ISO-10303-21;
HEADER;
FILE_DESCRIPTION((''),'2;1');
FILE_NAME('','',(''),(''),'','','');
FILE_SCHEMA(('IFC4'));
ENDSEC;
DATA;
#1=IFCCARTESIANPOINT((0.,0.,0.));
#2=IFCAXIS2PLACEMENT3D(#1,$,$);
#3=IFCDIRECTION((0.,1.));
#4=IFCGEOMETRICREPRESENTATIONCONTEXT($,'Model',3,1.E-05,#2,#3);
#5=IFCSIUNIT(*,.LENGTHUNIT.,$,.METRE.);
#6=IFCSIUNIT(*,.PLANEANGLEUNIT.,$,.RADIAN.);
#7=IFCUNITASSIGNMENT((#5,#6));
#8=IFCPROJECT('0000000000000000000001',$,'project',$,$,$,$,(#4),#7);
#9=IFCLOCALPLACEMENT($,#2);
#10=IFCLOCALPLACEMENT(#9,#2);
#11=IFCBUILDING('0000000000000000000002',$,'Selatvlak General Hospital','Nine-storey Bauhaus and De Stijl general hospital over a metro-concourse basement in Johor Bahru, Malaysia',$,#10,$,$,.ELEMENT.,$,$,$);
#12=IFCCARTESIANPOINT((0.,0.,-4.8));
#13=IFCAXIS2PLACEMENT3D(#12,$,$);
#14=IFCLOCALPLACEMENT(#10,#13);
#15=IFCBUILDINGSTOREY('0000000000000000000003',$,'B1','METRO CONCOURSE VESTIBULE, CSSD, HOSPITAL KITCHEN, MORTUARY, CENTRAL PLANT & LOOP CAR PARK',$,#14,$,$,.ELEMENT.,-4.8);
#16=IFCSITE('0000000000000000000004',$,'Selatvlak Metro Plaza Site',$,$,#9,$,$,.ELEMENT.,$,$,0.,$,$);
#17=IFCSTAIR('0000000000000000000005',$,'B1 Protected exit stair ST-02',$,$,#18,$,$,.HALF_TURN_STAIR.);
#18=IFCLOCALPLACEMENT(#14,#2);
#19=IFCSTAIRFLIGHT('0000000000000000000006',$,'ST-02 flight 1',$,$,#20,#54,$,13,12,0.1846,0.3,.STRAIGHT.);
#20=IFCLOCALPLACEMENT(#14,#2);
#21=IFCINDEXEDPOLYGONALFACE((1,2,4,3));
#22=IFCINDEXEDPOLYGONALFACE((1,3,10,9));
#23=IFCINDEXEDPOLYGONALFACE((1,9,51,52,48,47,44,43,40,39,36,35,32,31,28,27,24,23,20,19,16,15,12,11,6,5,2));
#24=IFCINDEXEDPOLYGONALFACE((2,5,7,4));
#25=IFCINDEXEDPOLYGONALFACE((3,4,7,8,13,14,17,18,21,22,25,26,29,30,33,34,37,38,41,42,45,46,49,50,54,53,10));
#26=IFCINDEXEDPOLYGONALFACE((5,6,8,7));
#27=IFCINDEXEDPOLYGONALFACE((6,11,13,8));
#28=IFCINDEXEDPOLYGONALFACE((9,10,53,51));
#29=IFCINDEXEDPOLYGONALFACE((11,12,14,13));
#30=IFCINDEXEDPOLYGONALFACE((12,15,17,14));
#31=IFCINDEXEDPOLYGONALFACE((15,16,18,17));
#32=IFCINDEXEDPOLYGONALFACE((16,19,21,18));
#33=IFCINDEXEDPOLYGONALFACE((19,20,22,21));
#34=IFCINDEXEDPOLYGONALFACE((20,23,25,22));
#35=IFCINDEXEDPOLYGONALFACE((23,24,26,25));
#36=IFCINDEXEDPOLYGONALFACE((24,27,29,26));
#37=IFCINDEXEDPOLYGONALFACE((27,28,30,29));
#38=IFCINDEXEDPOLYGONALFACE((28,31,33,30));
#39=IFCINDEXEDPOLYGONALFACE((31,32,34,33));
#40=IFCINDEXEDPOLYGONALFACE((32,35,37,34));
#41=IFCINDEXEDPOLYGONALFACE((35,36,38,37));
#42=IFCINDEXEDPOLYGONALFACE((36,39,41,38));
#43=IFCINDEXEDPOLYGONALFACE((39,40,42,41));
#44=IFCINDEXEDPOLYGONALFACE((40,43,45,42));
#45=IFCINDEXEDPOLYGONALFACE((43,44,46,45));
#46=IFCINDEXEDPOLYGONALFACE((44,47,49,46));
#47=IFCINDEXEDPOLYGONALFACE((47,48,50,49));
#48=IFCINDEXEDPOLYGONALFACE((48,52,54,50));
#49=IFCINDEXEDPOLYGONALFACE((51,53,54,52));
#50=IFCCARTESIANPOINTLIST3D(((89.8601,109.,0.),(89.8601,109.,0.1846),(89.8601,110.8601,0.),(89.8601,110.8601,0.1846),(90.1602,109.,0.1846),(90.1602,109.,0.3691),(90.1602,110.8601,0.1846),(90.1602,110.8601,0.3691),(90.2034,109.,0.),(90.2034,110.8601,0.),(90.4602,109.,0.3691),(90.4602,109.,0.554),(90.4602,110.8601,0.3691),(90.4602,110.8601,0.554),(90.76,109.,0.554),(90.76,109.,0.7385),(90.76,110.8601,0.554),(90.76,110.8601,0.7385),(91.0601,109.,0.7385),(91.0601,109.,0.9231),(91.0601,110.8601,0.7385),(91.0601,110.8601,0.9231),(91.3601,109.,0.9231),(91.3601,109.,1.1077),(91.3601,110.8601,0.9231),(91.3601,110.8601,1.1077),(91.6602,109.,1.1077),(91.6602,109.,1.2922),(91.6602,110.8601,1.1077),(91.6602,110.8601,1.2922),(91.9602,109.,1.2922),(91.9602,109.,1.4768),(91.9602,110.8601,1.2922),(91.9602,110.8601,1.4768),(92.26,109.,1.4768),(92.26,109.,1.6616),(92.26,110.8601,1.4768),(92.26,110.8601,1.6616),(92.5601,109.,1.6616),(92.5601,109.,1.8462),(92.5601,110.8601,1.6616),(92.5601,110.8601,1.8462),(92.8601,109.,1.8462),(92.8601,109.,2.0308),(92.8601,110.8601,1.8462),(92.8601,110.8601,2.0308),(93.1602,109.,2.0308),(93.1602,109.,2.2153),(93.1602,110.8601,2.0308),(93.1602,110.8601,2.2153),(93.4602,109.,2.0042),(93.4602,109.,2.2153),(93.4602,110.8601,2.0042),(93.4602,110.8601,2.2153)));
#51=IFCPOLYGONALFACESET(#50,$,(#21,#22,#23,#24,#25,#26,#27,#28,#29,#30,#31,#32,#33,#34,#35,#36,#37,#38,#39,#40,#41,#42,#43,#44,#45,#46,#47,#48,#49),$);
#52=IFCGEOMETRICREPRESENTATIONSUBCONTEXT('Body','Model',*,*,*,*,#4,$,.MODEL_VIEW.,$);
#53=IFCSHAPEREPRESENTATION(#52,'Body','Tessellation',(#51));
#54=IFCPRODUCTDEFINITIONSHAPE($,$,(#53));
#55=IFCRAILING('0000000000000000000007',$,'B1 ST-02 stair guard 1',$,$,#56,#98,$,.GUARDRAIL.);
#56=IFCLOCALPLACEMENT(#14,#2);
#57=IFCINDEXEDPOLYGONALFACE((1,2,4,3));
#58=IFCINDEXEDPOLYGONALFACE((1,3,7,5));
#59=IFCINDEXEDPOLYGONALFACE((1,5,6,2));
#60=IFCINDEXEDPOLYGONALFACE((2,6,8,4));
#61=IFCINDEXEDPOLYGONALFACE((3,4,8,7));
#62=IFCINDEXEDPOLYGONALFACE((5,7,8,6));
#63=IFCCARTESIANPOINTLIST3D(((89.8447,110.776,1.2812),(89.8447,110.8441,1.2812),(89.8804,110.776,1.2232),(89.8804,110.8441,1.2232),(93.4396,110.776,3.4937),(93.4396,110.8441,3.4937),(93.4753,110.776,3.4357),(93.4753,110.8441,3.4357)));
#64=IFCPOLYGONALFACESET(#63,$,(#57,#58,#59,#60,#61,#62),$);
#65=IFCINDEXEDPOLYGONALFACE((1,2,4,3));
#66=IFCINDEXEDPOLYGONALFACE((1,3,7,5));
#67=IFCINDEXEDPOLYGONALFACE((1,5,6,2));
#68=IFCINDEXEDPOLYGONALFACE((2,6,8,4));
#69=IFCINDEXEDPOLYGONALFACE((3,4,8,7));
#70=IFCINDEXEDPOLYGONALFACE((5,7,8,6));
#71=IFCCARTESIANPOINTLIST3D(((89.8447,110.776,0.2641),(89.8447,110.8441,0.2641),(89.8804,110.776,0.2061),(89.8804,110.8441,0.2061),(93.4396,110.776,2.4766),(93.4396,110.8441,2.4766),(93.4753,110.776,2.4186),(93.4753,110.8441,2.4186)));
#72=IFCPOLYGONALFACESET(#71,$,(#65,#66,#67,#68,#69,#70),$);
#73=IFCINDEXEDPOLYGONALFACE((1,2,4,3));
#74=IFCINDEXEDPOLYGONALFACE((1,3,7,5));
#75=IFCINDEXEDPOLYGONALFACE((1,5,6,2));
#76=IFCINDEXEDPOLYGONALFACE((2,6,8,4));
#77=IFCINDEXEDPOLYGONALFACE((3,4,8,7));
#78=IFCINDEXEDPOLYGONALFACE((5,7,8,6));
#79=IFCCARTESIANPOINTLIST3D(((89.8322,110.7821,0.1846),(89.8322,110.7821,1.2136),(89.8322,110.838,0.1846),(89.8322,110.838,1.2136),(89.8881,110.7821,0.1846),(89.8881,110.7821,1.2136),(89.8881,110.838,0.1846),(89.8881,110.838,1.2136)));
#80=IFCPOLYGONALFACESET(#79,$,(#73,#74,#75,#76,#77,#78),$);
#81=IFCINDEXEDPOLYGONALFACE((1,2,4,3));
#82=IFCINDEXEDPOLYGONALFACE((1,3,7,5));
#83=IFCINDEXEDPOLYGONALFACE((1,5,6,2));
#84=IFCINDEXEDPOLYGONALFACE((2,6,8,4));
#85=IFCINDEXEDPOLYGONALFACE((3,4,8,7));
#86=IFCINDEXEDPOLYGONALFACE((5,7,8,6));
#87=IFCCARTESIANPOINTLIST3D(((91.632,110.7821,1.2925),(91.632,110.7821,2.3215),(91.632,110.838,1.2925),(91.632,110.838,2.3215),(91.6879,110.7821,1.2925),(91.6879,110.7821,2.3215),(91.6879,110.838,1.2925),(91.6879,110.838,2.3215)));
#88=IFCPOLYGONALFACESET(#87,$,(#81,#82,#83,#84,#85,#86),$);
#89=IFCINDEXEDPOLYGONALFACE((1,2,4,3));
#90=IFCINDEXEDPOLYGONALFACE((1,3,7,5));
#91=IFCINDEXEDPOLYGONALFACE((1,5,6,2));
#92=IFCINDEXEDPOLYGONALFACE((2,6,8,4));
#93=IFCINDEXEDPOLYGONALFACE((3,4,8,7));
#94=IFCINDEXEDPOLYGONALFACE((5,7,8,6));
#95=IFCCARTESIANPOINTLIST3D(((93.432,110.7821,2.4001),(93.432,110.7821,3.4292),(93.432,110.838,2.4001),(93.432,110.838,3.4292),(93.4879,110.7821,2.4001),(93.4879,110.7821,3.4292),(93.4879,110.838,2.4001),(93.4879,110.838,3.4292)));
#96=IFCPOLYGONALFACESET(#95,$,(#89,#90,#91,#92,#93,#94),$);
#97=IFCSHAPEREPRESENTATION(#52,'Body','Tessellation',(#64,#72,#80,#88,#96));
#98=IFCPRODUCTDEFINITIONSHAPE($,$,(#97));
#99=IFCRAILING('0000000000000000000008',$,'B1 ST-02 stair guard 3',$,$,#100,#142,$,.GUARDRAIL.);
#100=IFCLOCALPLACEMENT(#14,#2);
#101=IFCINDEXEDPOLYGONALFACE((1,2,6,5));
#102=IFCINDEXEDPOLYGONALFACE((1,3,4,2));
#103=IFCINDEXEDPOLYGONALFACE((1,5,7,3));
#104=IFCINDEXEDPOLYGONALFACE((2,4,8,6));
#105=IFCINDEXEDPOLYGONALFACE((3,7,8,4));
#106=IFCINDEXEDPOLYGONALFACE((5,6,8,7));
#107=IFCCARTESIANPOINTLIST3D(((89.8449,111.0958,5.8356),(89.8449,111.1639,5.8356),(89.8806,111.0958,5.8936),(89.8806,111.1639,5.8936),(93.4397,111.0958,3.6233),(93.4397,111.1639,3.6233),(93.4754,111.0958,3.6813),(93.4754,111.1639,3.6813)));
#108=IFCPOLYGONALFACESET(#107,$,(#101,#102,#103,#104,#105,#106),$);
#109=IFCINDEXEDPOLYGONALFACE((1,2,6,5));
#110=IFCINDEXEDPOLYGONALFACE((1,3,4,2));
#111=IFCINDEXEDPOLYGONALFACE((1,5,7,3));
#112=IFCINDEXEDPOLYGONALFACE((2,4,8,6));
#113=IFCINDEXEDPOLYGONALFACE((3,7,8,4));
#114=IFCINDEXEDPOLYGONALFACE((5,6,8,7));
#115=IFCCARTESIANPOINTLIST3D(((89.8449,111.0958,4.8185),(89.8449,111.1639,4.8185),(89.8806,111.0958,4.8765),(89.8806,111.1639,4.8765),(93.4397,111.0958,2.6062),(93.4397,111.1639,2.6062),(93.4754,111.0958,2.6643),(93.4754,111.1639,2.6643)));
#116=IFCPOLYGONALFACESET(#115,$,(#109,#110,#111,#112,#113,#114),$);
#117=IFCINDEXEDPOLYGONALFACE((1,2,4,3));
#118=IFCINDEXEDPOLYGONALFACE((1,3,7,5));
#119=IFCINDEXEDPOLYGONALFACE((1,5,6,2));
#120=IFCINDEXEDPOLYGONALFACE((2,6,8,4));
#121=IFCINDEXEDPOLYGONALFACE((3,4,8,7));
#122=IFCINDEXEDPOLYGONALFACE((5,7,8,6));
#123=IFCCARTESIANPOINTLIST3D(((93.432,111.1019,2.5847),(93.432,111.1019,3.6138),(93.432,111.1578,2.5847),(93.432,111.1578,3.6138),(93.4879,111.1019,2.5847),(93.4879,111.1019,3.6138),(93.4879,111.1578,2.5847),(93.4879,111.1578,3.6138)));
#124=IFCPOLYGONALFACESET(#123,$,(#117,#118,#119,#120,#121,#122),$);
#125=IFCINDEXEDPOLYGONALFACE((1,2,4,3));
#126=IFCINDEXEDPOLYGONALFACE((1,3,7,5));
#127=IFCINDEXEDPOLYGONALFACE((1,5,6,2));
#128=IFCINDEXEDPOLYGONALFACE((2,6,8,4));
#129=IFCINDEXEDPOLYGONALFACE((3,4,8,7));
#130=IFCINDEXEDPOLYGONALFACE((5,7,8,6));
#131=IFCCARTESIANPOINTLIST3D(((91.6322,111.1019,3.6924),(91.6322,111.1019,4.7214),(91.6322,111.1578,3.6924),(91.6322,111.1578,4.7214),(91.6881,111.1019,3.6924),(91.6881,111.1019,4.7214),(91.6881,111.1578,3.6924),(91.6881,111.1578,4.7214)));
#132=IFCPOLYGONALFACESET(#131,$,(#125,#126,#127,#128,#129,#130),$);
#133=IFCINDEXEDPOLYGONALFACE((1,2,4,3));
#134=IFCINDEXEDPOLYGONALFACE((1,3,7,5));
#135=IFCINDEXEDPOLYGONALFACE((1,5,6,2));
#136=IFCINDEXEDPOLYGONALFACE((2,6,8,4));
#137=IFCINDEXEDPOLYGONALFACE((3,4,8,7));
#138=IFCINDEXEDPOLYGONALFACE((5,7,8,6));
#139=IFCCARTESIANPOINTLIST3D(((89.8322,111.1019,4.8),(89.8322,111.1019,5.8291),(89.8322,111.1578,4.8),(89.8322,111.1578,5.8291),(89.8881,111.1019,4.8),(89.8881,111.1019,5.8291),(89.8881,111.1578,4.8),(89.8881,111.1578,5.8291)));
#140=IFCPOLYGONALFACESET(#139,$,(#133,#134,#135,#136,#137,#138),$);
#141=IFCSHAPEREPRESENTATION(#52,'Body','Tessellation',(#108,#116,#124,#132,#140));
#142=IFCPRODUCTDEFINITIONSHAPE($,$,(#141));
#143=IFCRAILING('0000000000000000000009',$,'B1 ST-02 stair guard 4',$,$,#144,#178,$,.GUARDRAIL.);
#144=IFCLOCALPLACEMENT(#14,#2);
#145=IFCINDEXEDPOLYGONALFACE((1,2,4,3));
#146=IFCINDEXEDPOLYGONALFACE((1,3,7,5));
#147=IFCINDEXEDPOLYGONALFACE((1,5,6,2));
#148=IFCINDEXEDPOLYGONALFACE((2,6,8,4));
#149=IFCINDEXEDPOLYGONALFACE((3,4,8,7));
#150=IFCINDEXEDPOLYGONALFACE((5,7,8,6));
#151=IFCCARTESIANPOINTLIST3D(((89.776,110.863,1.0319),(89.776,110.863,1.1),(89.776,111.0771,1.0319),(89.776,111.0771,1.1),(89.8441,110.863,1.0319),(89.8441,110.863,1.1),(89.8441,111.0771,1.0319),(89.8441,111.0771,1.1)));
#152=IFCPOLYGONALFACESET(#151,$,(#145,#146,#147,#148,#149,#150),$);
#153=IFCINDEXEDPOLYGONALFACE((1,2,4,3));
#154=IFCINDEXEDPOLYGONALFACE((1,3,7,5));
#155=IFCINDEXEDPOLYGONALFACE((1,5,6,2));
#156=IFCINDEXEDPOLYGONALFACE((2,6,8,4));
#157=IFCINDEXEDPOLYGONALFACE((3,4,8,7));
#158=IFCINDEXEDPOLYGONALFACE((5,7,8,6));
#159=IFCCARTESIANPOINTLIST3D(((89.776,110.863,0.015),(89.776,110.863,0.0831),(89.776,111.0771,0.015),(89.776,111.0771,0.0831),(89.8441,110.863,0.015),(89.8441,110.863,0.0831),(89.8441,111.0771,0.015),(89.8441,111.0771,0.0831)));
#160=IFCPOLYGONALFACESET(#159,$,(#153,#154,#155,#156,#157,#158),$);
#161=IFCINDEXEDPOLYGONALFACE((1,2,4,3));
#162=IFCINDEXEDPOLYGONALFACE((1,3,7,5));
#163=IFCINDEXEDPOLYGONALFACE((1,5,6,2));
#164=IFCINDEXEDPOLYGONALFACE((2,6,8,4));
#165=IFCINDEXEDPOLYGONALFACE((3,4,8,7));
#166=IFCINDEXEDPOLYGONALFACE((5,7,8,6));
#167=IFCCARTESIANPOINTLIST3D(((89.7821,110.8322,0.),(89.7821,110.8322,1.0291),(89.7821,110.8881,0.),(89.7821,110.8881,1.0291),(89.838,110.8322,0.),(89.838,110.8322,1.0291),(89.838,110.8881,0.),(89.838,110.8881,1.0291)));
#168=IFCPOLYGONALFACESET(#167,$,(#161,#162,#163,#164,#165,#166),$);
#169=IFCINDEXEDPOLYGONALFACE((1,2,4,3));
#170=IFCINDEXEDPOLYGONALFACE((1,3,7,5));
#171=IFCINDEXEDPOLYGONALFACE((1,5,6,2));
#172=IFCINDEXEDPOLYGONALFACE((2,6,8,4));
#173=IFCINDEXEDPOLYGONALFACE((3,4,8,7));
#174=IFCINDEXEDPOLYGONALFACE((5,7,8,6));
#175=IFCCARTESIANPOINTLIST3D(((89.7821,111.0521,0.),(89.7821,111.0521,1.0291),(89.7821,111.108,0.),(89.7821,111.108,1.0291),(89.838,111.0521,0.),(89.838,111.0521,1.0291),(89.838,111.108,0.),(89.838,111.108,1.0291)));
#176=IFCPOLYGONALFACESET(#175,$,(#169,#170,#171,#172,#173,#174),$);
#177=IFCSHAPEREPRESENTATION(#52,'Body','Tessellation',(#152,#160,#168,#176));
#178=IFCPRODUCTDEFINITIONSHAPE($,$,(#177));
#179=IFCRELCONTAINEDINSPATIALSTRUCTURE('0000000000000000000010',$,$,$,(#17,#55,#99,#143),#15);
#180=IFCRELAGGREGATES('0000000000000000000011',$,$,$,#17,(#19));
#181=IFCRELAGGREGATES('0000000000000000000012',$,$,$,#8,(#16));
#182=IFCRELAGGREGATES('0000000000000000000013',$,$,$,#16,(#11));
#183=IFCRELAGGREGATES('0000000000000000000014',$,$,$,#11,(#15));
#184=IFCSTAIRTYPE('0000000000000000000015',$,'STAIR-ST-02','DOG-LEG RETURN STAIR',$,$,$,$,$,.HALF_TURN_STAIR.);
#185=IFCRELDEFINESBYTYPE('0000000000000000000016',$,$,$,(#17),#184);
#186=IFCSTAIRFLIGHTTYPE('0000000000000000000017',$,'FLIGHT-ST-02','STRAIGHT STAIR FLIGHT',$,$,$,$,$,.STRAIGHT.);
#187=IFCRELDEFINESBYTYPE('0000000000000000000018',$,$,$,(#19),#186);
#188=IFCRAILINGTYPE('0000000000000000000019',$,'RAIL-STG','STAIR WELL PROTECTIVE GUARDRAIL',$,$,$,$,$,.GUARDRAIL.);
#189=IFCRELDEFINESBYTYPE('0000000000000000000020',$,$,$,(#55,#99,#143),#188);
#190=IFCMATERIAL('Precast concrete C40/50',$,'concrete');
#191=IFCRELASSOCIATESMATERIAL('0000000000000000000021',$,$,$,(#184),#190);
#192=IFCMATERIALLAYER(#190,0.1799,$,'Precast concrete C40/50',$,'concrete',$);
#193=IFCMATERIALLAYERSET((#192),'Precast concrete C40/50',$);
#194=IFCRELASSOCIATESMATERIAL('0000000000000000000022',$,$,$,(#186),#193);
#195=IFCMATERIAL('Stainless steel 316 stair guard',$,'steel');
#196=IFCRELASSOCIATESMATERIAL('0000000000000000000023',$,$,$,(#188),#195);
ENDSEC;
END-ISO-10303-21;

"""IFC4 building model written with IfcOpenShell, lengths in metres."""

from ifc_helpers import new_model, si_unit, direction, frame, origin, origin_2d, place, context, subcontext, project, spatial, polyline, rectangle, outline, extrude, material, layer, layer_set, type_object, element, aggregate, save


model = new_model("IFC4")

# Units and contexts
model_context = context("Model", 3, precision=1e-05, world=origin(), true_north=direction((0.0, 1.0)))
body_context = subcontext(model_context, "Body", "Model", "MODEL_VIEW")
ifc_project = project(units=[si_unit("LENGTHUNIT", "METRE"), si_unit("PLANEANGLEUNIT", "RADIAN")], contexts=[model_context])

# Site, building, storey
site_placement = place(None, origin())
site = spatial("IfcSite", under=ifc_project, at=site_placement, Name="Selatvlak Metro Plaza Site", CompositionType="ELEMENT", RefElevation=0.0)
building_placement = place(site_placement, origin())
building = spatial("IfcBuilding", under=site, at=building_placement, Name="Selatvlak General Hospital", Description="Nine-storey Bauhaus and De Stijl general hospital over a metro-concourse basement in Johor Bahru, Malaysia", CompositionType="ELEMENT")
storey_placement = place(building_placement, frame((0.0, 0.0, -4.8)))
storey = spatial("IfcBuildingStorey", under=building, at=storey_placement, Name="B1", Description="METRO CONCOURSE VESTIBULE, CSSD, HOSPITAL KITCHEN, MORTUARY, CENTRAL PLANT & LOOP CAR PARK", CompositionType="ELEMENT", Elevation=-4.8)

# Stair, stair flight
ifc_material_1 = material(Name="Precast concrete C40/50", Category="concrete")
stair_type = type_object("IfcStairType", Name="STAIR-ST-02", Description="DOG-LEG RETURN STAIR", PredefinedType="HALF_TURN_STAIR", material=ifc_material_1)
stair_placement = place(storey_placement, origin())
stair = element("IfcStair", 1, at=stair_placement, inside=storey, type_object=stair_type, Name="B1 Protected exit stair ST-02", PredefinedType="HALF_TURN_STAIR")
ifc_layer_1 = layer(ifc_material_1, 0.1799, Name="Precast concrete C40/50", Category="concrete")
ifc_layer_set_1 = layer_set([ifc_layer_1], Name="Precast concrete C40/50")
stair_flight_type = type_object("IfcStairFlightType", Name="FLIGHT-ST-02", Description="STRAIGHT STAIR FLIGHT", PredefinedType="STRAIGHT", material=ifc_layer_set_1)
stair_flight_placement = place(storey_placement, frame((89.8601, 109.9299, 0.0), z_axis=(0.0, 0.0, 1.0), x_axis=(1.0, 0.0, 0.0)))
stair_flight = element("IfcStairFlight", 2, at=stair_flight_placement, type_object=stair_flight_type, Name="ST-02 flight 1", NumberOfRisers=13, NumberOfTreads=12, PredefinedType="STRAIGHT", RiserHeight=0.1846, TreadLength=0.3, context=body_context, shape_type="SweptSolid", body=[
    extrude(outline(polyline([(0.0, 0.0), (0.0, 0.1846), (0.3, 0.1846), (0.3, 0.3691), (0.6001, 0.3691), (0.6001, 0.554), (0.8999, 0.554), (0.8999, 0.7385), (1.2, 0.7385), (1.2, 0.9231), (1.5, 0.9231), (1.5, 1.1077), (1.8, 1.1077), (1.8, 1.2922), (2.1001, 1.2922), (2.1001, 1.4768), (2.3999, 1.4768), (2.3999, 1.6616), (2.7, 1.6616), (2.7, 1.8462), (3.0, 1.8462), (3.0, 2.0308), (3.3, 2.0308), (3.3, 2.2153), (3.6001, 2.2153), (3.6001, 2.3999), (3.6001, 2.0042), (0.3433, 0.0), (0.0, 0.0)])), frame((0.0, 0.9302, 0.0), z_axis=(0.0, -1.0, 0.0), x_axis=(1.0, 0.0, 0.0)), (0.0, 0.0, 1.0), 1.8601),
])
aggregate(stair, [stair_flight])

# Railings
ifc_material_2 = material(Name="Stainless steel 316 stair guard", Category="steel")
railing_type_1 = type_object("IfcRailingType", Name="RAIL-STG", Description="STAIR WELL PROTECTIVE GUARDRAIL", PredefinedType="GUARDRAIL", material=ifc_material_2)
railing_1_placement = place(storey_placement, frame((89.8601, 110.8101, 0.1846)))
element("IfcRailing", 3, at=railing_1_placement, inside=storey, type_object=railing_type_1, Name="B1 ST-02 stair guard 1", PredefinedType="GUARDRAIL", context=body_context, shape_type="SweptSolid", body=[
    extrude(rectangle(XDim=0.0681, YDim=0.0681, at=origin_2d()), frame((0.0024, 0.0, 1.0676), z_axis=(0.851629, 0.0, 0.524146), x_axis=(0.0, 1.0, 0.0)), (0.0, 0.0, 1.0), 4.2212),
    extrude(rectangle(XDim=0.0681, YDim=0.0681, at=origin_2d()), frame((0.0024, 0.0, 0.0505), z_axis=(0.851629, 0.0, 0.524146), x_axis=(0.0, 1.0, 0.0)), (0.0, 0.0, 1.0), 4.2212),
    extrude(rectangle(XDim=0.0559, YDim=0.0559, at=origin_2d()), origin(), (0.0, 0.0, 1.0), 1.0291),
    extrude(rectangle(XDim=0.0559, YDim=0.0559, at=origin_2d()), frame((1.7998, 0.0, 1.1079)), (0.0, 0.0, 1.0), 1.0291),
    extrude(rectangle(XDim=0.0559, YDim=0.0559, at=origin_2d()), frame((3.5999, 0.0, 2.2156)), (0.0, 0.0, 1.0), 1.0291),
])
railing_2_placement = place(storey_placement, frame((93.46, 111.1299, 2.5847)))
element("IfcRailing", 4, at=railing_2_placement, inside=storey, type_object=railing_type_1, Name="B1 ST-02 stair guard 3", PredefinedType="GUARDRAIL", context=body_context, shape_type="SweptSolid", body=[
    extrude(rectangle(XDim=0.0681, YDim=0.0681, at=origin_2d()), frame((-0.0024, 0.0, 1.0676), z_axis=(-0.851654, 0.0, 0.524104), x_axis=(0.0, -1.0, 0.0)), (0.0, 0.0, 1.0), 4.2209),
    extrude(rectangle(XDim=0.0681, YDim=0.0681, at=origin_2d()), frame((-0.0024, 0.0, 0.0505), z_axis=(-0.851654, 0.0, 0.524104), x_axis=(0.0, -1.0, 0.0)), (0.0, 0.0, 1.0), 4.2209),
    extrude(rectangle(XDim=0.0559, YDim=0.0559, at=origin_2d()), origin(), (0.0, 0.0, 1.0), 1.0291),
    extrude(rectangle(XDim=0.0559, YDim=0.0559, at=origin_2d()), frame((-1.7998, 0.0, 1.1077)), (0.0, 0.0, 1.0), 1.0291),
    extrude(rectangle(XDim=0.0559, YDim=0.0559, at=origin_2d()), frame((-3.5999, 0.0, 2.2153)), (0.0, 0.0, 1.0), 1.0291),
])
railing_3_placement = place(storey_placement, frame((89.8101, 110.8601, 0.0)))
element("IfcRailing", 5, at=railing_3_placement, inside=storey, type_object=railing_type_1, Name="B1 ST-02 stair guard 4", PredefinedType="GUARDRAIL", context=body_context, shape_type="SweptSolid", body=[
    extrude(rectangle(XDim=0.0681, YDim=0.0681, at=origin_2d()), frame((0.0, 0.0029, 1.0659), z_axis=(0.0, 1.0, 0.0), x_axis=(-1.0, 0.0, 0.0)), (0.0, 0.0, 1.0), 0.2141),
    extrude(rectangle(XDim=0.0681, YDim=0.0681, at=origin_2d()), frame((0.0, 0.0029, 0.0491), z_axis=(0.0, 1.0, 0.0), x_axis=(-1.0, 0.0, 0.0)), (0.0, 0.0, 1.0), 0.2141),
    extrude(rectangle(XDim=0.0559, YDim=0.0559, at=origin_2d()), origin(), (0.0, 0.0, 1.0), 1.0291),
    extrude(rectangle(XDim=0.0559, YDim=0.0559, at=origin_2d()), frame((0.0, 0.22, 0.0)), (0.0, 0.0, 1.0), 1.0291),
])

save(model, "model.ifc")
